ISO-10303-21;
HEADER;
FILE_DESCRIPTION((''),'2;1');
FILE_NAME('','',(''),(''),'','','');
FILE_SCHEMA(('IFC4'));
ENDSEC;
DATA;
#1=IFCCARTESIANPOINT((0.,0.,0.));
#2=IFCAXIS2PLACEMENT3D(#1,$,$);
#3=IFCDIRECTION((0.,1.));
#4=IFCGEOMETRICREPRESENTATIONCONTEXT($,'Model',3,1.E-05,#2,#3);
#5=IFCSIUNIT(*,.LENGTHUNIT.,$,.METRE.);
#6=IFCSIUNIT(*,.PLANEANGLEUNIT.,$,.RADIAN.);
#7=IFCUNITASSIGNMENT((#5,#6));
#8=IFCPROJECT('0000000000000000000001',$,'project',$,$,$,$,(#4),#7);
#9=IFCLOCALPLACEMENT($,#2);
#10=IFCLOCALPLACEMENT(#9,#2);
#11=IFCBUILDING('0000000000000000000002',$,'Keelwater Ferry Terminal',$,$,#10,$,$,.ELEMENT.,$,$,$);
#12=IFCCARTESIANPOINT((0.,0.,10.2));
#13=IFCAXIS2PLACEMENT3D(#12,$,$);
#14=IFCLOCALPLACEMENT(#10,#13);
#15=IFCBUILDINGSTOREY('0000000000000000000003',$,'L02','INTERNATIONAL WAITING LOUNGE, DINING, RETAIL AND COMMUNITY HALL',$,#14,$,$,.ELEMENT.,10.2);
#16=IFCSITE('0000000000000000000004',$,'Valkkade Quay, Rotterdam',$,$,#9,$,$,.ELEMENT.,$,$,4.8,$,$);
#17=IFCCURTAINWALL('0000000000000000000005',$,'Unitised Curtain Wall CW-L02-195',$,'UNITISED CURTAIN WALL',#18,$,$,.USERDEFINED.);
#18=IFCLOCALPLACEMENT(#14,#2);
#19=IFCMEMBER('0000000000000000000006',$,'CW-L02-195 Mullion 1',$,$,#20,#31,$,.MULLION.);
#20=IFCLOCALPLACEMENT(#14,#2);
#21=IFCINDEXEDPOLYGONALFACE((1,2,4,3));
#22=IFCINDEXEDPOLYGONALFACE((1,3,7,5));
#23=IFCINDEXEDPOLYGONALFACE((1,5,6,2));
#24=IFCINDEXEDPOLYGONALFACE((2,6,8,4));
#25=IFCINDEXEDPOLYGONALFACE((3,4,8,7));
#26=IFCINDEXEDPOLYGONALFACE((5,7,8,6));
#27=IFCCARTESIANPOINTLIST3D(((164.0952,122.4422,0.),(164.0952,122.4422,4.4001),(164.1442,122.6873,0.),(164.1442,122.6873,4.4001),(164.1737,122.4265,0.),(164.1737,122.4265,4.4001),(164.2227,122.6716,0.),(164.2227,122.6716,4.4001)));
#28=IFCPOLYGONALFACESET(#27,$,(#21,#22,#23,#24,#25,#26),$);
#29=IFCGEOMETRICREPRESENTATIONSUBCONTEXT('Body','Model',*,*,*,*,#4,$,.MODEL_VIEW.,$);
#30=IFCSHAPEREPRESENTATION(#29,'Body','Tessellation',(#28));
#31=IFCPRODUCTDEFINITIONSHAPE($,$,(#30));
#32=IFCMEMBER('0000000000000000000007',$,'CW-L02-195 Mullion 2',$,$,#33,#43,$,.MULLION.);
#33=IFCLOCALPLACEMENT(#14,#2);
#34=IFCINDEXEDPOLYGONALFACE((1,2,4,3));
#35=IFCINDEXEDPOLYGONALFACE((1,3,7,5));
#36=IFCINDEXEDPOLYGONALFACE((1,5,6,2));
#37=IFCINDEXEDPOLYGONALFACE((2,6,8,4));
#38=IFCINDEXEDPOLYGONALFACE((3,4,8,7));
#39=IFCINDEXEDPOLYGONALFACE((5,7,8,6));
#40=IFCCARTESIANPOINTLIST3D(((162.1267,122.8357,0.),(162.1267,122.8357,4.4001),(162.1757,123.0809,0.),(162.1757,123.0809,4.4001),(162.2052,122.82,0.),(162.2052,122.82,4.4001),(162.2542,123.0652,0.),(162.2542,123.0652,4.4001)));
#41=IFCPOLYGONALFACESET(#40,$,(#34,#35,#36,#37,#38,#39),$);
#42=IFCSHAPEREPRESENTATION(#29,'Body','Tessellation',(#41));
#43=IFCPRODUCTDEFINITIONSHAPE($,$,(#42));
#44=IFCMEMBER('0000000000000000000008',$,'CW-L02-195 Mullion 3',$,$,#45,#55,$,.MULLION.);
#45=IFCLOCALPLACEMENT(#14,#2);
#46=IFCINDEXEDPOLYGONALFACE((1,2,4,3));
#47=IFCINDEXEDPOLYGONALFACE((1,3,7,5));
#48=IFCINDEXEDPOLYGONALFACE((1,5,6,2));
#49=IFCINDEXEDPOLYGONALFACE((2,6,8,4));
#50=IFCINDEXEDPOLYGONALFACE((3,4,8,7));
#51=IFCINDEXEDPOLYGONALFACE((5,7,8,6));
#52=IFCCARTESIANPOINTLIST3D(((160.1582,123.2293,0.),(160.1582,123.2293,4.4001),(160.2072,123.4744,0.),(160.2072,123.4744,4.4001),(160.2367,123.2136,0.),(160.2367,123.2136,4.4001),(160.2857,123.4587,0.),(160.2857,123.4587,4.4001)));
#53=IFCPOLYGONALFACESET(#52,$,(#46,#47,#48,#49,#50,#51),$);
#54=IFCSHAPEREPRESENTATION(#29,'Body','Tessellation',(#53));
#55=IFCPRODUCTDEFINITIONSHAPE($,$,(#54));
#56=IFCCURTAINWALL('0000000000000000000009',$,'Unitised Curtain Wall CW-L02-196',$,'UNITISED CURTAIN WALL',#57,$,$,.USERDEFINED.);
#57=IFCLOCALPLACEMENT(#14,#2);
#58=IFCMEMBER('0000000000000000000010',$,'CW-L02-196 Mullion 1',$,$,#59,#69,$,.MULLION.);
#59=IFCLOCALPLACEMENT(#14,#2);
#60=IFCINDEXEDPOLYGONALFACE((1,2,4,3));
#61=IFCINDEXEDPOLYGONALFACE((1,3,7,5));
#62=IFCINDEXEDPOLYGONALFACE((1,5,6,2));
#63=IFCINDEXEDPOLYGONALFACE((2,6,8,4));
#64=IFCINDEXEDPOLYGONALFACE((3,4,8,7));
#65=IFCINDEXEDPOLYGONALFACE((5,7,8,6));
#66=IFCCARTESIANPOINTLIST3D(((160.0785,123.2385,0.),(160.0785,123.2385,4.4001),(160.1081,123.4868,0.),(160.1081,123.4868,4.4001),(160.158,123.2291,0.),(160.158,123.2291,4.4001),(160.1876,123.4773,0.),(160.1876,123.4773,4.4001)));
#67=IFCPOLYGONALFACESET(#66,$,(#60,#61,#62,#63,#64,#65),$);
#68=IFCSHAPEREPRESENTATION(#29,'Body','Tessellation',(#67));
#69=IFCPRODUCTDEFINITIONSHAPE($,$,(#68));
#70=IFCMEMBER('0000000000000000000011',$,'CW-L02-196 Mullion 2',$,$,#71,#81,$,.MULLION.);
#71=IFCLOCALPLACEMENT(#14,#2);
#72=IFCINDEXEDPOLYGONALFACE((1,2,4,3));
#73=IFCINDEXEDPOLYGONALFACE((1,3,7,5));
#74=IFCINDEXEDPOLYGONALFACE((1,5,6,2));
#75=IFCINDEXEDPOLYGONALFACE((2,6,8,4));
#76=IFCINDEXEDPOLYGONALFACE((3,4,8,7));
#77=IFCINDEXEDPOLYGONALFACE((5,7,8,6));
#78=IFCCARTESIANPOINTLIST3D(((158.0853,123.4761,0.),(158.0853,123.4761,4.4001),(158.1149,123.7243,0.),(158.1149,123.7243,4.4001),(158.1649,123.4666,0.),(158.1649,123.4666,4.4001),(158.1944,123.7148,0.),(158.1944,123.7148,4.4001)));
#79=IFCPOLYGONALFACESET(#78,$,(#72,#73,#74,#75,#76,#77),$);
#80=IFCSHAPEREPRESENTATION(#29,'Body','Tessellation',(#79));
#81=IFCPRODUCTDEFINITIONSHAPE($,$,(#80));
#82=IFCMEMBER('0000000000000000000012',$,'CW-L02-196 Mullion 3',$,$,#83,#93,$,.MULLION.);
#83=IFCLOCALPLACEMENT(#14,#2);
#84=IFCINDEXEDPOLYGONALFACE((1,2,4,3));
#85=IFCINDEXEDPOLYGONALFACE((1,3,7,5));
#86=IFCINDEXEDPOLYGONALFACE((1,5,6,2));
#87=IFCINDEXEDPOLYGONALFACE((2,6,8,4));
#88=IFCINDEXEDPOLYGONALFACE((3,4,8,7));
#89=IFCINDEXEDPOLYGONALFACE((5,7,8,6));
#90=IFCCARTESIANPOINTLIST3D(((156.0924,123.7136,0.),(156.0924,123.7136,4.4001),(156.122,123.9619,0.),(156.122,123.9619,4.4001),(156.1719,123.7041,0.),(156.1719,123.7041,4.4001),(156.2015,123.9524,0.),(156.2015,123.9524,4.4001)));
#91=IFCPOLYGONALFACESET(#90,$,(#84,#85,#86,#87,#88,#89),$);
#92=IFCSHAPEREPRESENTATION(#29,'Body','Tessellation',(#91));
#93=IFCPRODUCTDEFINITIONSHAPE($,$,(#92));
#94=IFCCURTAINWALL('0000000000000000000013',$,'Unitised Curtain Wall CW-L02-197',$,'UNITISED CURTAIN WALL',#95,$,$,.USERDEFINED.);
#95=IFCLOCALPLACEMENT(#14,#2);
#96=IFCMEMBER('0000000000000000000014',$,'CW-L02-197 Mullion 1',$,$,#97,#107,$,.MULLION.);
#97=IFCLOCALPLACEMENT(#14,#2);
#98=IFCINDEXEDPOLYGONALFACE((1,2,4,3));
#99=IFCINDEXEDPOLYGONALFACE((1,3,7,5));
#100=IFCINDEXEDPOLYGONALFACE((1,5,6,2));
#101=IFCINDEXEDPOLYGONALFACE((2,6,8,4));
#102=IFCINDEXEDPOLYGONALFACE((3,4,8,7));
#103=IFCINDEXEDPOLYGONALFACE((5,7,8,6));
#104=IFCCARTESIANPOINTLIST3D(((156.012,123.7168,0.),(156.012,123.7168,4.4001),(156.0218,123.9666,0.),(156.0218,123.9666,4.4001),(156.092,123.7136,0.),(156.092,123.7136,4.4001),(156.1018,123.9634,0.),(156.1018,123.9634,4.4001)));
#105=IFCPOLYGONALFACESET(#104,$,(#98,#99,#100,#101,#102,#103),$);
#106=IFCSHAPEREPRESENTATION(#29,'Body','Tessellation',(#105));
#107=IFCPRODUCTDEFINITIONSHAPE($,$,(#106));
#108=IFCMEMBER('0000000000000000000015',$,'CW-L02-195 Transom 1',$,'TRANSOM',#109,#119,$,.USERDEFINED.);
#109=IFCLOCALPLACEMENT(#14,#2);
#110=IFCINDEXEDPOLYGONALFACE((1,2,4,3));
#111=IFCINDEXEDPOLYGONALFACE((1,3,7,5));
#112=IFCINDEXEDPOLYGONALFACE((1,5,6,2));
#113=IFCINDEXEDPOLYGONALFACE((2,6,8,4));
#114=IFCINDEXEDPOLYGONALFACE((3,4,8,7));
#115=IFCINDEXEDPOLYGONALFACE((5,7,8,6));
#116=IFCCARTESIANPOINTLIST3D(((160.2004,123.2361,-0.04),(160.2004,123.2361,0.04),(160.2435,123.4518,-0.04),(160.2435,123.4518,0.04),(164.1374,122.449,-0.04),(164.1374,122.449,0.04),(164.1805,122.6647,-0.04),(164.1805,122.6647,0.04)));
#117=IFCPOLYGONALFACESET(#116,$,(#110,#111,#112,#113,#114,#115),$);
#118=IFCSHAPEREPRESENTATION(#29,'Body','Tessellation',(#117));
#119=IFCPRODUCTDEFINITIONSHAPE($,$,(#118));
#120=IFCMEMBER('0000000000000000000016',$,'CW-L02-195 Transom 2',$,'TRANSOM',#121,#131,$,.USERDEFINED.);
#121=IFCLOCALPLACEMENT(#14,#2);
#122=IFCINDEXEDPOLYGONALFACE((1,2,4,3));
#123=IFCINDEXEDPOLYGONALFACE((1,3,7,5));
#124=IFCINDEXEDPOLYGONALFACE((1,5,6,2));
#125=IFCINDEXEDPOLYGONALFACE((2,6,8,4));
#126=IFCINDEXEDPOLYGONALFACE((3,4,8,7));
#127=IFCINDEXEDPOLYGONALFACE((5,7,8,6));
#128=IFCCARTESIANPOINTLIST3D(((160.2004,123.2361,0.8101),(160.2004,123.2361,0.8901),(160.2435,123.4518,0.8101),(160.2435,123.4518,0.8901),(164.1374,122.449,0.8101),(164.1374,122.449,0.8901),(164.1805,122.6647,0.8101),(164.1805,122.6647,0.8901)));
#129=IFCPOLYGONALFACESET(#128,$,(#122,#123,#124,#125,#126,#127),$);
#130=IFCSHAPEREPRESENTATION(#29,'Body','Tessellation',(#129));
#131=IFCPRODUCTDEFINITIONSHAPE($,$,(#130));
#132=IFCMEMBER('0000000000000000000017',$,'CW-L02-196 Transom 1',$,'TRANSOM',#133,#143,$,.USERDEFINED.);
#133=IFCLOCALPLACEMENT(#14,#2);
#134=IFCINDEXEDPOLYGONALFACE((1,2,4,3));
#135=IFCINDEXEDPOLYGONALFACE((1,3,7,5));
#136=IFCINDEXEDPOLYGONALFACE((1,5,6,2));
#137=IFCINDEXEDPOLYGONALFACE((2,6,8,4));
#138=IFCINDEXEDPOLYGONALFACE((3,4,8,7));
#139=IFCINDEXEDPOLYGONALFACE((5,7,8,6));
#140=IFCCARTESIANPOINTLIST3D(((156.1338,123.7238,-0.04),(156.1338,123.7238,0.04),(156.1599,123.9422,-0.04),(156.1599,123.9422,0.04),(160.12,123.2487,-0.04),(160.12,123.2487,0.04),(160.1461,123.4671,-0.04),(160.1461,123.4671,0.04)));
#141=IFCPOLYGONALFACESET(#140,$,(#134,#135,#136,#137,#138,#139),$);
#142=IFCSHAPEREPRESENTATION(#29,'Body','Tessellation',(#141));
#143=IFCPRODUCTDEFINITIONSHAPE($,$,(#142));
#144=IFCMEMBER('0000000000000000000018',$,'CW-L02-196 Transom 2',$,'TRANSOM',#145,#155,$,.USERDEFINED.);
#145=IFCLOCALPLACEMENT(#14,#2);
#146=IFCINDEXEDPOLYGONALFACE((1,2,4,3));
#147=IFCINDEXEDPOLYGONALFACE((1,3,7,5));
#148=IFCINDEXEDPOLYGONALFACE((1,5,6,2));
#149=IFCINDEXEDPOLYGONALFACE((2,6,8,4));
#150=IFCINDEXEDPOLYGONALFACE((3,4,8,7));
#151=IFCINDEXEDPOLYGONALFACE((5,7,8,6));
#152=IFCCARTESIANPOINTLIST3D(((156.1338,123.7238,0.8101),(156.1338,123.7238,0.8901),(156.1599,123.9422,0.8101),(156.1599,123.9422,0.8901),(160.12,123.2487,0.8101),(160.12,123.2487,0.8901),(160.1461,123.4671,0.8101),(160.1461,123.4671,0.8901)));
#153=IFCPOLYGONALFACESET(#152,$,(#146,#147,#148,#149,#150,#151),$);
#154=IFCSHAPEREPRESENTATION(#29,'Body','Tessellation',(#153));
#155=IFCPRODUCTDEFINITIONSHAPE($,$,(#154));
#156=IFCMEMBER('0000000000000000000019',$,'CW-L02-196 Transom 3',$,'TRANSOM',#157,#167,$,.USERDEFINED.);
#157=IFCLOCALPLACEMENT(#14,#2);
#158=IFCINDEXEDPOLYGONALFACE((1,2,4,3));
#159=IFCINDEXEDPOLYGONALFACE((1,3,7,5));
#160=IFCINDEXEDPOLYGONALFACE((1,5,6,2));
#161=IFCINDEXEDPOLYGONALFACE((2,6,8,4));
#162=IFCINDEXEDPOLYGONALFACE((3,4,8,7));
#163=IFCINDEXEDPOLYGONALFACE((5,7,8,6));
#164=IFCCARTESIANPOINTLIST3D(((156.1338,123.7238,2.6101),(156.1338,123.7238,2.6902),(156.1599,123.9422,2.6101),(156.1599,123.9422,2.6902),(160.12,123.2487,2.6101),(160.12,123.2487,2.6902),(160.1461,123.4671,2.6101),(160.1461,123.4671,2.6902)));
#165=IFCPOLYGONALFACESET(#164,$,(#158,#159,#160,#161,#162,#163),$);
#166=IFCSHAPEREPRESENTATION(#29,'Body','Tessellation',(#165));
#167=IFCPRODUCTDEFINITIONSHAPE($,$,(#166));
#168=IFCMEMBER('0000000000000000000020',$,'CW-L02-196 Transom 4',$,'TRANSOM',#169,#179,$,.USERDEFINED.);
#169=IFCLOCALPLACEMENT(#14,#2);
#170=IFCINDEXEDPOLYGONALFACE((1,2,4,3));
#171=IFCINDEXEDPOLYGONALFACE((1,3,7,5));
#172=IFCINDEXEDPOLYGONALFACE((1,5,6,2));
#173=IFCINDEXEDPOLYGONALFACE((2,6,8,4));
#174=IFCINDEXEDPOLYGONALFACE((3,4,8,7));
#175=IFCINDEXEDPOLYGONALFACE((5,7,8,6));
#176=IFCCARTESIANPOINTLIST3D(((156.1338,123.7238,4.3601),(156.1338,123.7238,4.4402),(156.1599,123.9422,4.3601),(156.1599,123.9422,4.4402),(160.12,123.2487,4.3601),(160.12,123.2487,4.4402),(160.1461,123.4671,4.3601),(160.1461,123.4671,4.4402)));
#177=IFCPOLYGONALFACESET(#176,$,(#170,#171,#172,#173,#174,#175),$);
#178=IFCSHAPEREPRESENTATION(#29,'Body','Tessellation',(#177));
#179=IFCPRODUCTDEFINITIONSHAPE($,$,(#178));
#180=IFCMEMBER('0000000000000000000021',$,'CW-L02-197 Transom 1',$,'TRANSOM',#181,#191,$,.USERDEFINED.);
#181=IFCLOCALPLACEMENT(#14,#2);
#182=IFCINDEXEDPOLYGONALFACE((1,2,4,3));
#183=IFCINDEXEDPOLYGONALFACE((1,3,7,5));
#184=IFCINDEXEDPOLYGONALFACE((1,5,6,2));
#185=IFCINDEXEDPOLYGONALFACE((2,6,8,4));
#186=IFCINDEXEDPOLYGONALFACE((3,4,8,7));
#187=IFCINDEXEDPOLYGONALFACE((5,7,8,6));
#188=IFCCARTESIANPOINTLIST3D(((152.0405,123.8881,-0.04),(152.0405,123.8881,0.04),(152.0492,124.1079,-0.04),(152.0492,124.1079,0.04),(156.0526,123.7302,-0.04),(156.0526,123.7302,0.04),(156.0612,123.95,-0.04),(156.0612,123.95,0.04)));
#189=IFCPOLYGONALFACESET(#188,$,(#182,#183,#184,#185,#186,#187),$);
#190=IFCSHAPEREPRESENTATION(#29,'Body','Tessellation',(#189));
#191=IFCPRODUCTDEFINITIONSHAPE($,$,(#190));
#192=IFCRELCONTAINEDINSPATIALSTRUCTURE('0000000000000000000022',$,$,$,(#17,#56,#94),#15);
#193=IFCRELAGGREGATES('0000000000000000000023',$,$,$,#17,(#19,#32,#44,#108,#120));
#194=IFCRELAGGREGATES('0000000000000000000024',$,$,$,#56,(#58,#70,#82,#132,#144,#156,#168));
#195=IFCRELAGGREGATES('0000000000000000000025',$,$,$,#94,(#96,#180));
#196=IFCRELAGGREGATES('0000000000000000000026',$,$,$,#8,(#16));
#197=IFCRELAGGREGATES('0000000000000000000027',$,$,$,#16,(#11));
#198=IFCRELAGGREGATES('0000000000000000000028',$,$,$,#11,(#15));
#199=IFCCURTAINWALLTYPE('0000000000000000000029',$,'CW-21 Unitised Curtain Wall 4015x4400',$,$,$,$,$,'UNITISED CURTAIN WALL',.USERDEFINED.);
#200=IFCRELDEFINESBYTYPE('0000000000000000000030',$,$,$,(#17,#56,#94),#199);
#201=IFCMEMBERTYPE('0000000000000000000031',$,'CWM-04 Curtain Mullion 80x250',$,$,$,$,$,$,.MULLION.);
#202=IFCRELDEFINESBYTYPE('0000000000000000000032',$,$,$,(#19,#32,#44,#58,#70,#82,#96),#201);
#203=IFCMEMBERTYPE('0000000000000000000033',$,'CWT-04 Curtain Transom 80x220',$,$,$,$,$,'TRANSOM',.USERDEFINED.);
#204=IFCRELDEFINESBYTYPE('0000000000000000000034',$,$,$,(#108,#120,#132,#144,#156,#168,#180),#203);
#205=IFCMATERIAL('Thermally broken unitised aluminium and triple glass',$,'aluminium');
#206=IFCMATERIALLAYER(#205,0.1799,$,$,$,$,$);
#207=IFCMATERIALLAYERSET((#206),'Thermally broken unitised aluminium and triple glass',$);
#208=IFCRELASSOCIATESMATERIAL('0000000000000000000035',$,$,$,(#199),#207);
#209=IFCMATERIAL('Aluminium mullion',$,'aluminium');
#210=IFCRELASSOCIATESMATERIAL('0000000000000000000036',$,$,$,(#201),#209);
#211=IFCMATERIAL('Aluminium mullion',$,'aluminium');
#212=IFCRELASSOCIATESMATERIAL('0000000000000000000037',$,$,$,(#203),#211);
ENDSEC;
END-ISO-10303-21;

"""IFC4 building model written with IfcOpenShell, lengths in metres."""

from ifc_helpers import new_model, si_unit, direction, frame, origin, origin_2d, place, context, subcontext, project, spatial, rectangle, extrude, material, layer, layer_set, material_profile, profile_set, type_object, element, aggregate, save


model = new_model("IFC4")

# Units and contexts
model_context = context("Model", 3, precision=1e-05, world=origin(), true_north=direction((0.0, 1.0)))
body_context = subcontext(model_context, "Body", "Model", "MODEL_VIEW")
ifc_project = project(units=[si_unit("LENGTHUNIT", "METRE"), si_unit("PLANEANGLEUNIT", "RADIAN")], contexts=[model_context])

# Site, building, storey
site_placement = place(None, origin())
site = spatial("IfcSite", under=ifc_project, at=site_placement, Name="Valkkade Quay, Rotterdam", CompositionType="ELEMENT", RefElevation=4.8)
building_placement = place(site_placement, origin())
building = spatial("IfcBuilding", under=site, at=building_placement, Name="Keelwater Ferry Terminal", CompositionType="ELEMENT")
storey_placement = place(building_placement, frame((0.0, 0.0, 10.2)))
storey = spatial("IfcBuildingStorey", under=building, at=storey_placement, Name="L02", Description="INTERNATIONAL WAITING LOUNGE, DINING, RETAIL AND COMMUNITY HALL", CompositionType="ELEMENT", Elevation=10.2)

# Curtain walls, members
ifc_material_1 = material(Name="Thermally broken unitised aluminium and triple glass", Category="aluminium")
ifc_layer_1 = layer(ifc_material_1, 0.1799)
ifc_layer_set_1 = layer_set([ifc_layer_1], Name="Thermally broken unitised aluminium and triple glass")
curtain_wall_type = type_object("IfcCurtainWallType", Name="CW-21 Unitised Curtain Wall 4015x4400", ElementType="UNITISED CURTAIN WALL", PredefinedType="USERDEFINED", material=ifc_layer_set_1)
curtain_wall_1_placement = place(storey_placement, origin())
curtain_wall_1 = element("IfcCurtainWall", 1, at=curtain_wall_1_placement, inside=storey, type_object=curtain_wall_type, Name="Unitised Curtain Wall CW-L02-195", ObjectType="UNITISED CURTAIN WALL", PredefinedType="USERDEFINED")
ifc_material_2 = material(Name="Aluminium mullion", Category="aluminium")
ifc_material_profile_1 = material_profile(ifc_material_2, rectangle(XDim=0.0801, YDim=0.25, at=origin_2d()), Name="CWM-04")
ifc_profile_set_1 = profile_set([ifc_material_profile_1], Name="Aluminium mullion")
member_type_1 = type_object("IfcMemberType", Name="CWM-04 Curtain Mullion 80x250", PredefinedType="MULLION", material=ifc_profile_set_1)
member_1_placement = place(storey_placement, frame((164.1589, 122.5569, 0.0), z_axis=(0.0, 0.0, 1.0), x_axis=(-0.9806, 0.19602, 0.0)))
member_1 = element("IfcMember", 2, at=member_1_placement, type_object=member_type_1, Name="CW-L02-195 Mullion 1", PredefinedType="MULLION", context=body_context, shape_type="SweptSolid", body=[
    extrude(rectangle(XDim=0.0801, YDim=0.25, at=origin_2d()), origin(), (0.0, 0.0, 1.0), 4.4001),
])
member_2_placement = place(storey_placement, frame((162.1904, 122.9504, 0.0), z_axis=(0.0, 0.0, 1.0), x_axis=(-0.9806, 0.19602, 0.0)))
member_2 = element("IfcMember", 3, at=member_2_placement, type_object=member_type_1, Name="CW-L02-195 Mullion 2", PredefinedType="MULLION", context=body_context, shape_type="SweptSolid", body=[
    extrude(rectangle(XDim=0.0801, YDim=0.25, at=origin_2d()), origin(), (0.0, 0.0, 1.0), 4.4001),
])
member_3_placement = place(storey_placement, frame((160.2219, 123.344, 0.0), z_axis=(0.0, 0.0, 1.0), x_axis=(-0.9806, 0.19602, 0.0)))
member_3 = element("IfcMember", 4, at=member_3_placement, type_object=member_type_1, Name="CW-L02-195 Mullion 3", PredefinedType="MULLION", context=body_context, shape_type="SweptSolid", body=[
    extrude(rectangle(XDim=0.0801, YDim=0.25, at=origin_2d()), origin(), (0.0, 0.0, 1.0), 4.4001),
])
curtain_wall_2_placement = place(storey_placement, origin())
curtain_wall_2 = element("IfcCurtainWall", 5, at=curtain_wall_2_placement, inside=storey, type_object=curtain_wall_type, Name="Unitised Curtain Wall CW-L02-196", ObjectType="UNITISED CURTAIN WALL", PredefinedType="USERDEFINED")
member_4_placement = place(storey_placement, frame((160.1331, 123.3579, 0.0), z_axis=(0.0, 0.0, 1.0), x_axis=(-0.992974, 0.11833, 0.0)))
member_4 = element("IfcMember", 6, at=member_4_placement, type_object=member_type_1, Name="CW-L02-196 Mullion 1", PredefinedType="MULLION", context=body_context, shape_type="SweptSolid", body=[
    extrude(rectangle(XDim=0.0801, YDim=0.25, at=origin_2d()), origin(), (0.0, 0.0, 1.0), 4.4001),
])
member_5_placement = place(storey_placement, frame((158.1399, 123.5955, 0.0), z_axis=(0.0, 0.0, 1.0), x_axis=(-0.992974, 0.11833, 0.0)))
member_5 = element("IfcMember", 7, at=member_5_placement, type_object=member_type_1, Name="CW-L02-196 Mullion 2", PredefinedType="MULLION", context=body_context, shape_type="SweptSolid", body=[
    extrude(rectangle(XDim=0.0801, YDim=0.25, at=origin_2d()), origin(), (0.0, 0.0, 1.0), 4.4001),
])
member_6_placement = place(storey_placement, frame((156.147, 123.833, 0.0), z_axis=(0.0, 0.0, 1.0), x_axis=(-0.992974, 0.11833, 0.0)))
member_6 = element("IfcMember", 8, at=member_6_placement, type_object=member_type_1, Name="CW-L02-196 Mullion 3", PredefinedType="MULLION", context=body_context, shape_type="SweptSolid", body=[
    extrude(rectangle(XDim=0.0801, YDim=0.25, at=origin_2d()), origin(), (0.0, 0.0, 1.0), 4.4001),
])

# Curtain wall, member
curtain_wall_3_placement = place(storey_placement, origin())
curtain_wall_3 = element("IfcCurtainWall", 9, at=curtain_wall_3_placement, inside=storey, type_object=curtain_wall_type, Name="Unitised Curtain Wall CW-L02-197", ObjectType="UNITISED CURTAIN WALL", PredefinedType="USERDEFINED")
member_7_placement = place(storey_placement, frame((156.0569, 123.8401, 0.0), z_axis=(0.0, 0.0, 1.0), x_axis=(-0.999225, 0.039351, 0.0)))
member_7 = element("IfcMember", 10, at=member_7_placement, type_object=member_type_1, Name="CW-L02-197 Mullion 1", PredefinedType="MULLION", context=body_context, shape_type="SweptSolid", body=[
    extrude(rectangle(XDim=0.0801, YDim=0.25, at=origin_2d()), origin(), (0.0, 0.0, 1.0), 4.4001),
])

# Members
ifc_material_3 = material(Name="Aluminium mullion", Category="aluminium")
ifc_material_profile_2 = material_profile(ifc_material_3, rectangle(XDim=0.22, YDim=0.0801, at=origin_2d()), Name="CWT-04")
ifc_profile_set_2 = profile_set([ifc_material_profile_2], Name="Aluminium mullion")
member_type_2 = type_object("IfcMemberType", Name="CWT-04 Curtain Transom 80x220", ElementType="TRANSOM", PredefinedType="USERDEFINED", material=ifc_profile_set_2)
member_8_placement = place(storey_placement, frame((164.1589, 122.5569, 0.0), z_axis=(-0.980595, 0.196046, 0.0), x_axis=(-0.196046, -0.980595, 0.0)))
member_8 = element("IfcMember", 11, at=member_8_placement, type_object=member_type_2, Name="CW-L02-195 Transom 1", ObjectType="TRANSOM", PredefinedType="USERDEFINED", context=body_context, shape_type="SweptSolid", body=[
    extrude(rectangle(XDim=0.22, YDim=0.0801, at=origin_2d()), origin(), (0.0, 0.0, 1.0), 4.0149),
])
member_9_placement = place(storey_placement, frame((164.1589, 122.5569, 0.8501), z_axis=(-0.980595, 0.196046, 0.0), x_axis=(-0.196046, -0.980595, 0.0)))
member_9 = element("IfcMember", 12, at=member_9_placement, type_object=member_type_2, Name="CW-L02-195 Transom 2", ObjectType="TRANSOM", PredefinedType="USERDEFINED", context=body_context, shape_type="SweptSolid", body=[
    extrude(rectangle(XDim=0.22, YDim=0.0801, at=origin_2d()), origin(), (0.0, 0.0, 1.0), 4.0149),
])
member_10_placement = place(storey_placement, frame((160.1331, 123.3579, 0.0), z_axis=(-0.992972, 0.118351, 0.0), x_axis=(-0.118351, -0.992972, 0.0)))
member_10 = element("IfcMember", 13, at=member_10_placement, type_object=member_type_2, Name="CW-L02-196 Transom 1", ObjectType="TRANSOM", PredefinedType="USERDEFINED", context=body_context, shape_type="SweptSolid", body=[
    extrude(rectangle(XDim=0.22, YDim=0.0801, at=origin_2d()), origin(), (0.0, 0.0, 1.0), 4.0144),
])
member_11_placement = place(storey_placement, frame((160.1331, 123.3579, 0.8501), z_axis=(-0.992972, 0.118351, 0.0), x_axis=(-0.118351, -0.992972, 0.0)))
member_11 = element("IfcMember", 14, at=member_11_placement, type_object=member_type_2, Name="CW-L02-196 Transom 2", ObjectType="TRANSOM", PredefinedType="USERDEFINED", context=body_context, shape_type="SweptSolid", body=[
    extrude(rectangle(XDim=0.22, YDim=0.0801, at=origin_2d()), origin(), (0.0, 0.0, 1.0), 4.0144),
])
member_12_placement = place(storey_placement, frame((160.1331, 123.3579, 2.6501), z_axis=(-0.992972, 0.118351, 0.0), x_axis=(-0.118351, -0.992972, 0.0)))
member_12 = element("IfcMember", 15, at=member_12_placement, type_object=member_type_2, Name="CW-L02-196 Transom 3", ObjectType="TRANSOM", PredefinedType="USERDEFINED", context=body_context, shape_type="SweptSolid", body=[
    extrude(rectangle(XDim=0.22, YDim=0.0801, at=origin_2d()), origin(), (0.0, 0.0, 1.0), 4.0144),
])
member_13_placement = place(storey_placement, frame((160.1331, 123.3579, 4.4001), z_axis=(-0.992972, 0.118351, 0.0), x_axis=(-0.118351, -0.992972, 0.0)))
member_13 = element("IfcMember", 16, at=member_13_placement, type_object=member_type_2, Name="CW-L02-196 Transom 4", ObjectType="TRANSOM", PredefinedType="USERDEFINED", context=body_context, shape_type="SweptSolid", body=[
    extrude(rectangle(XDim=0.22, YDim=0.0801, at=origin_2d()), origin(), (0.0, 0.0, 1.0), 4.0144),
])
member_14_placement = place(storey_placement, frame((156.0569, 123.8401, 0.0), z_axis=(-0.999226, 0.039342, 0.0), x_axis=(-0.039342, -0.999226, 0.0)))
member_14 = element("IfcMember", 17, at=member_14_placement, type_object=member_type_2, Name="CW-L02-197 Transom 1", ObjectType="TRANSOM", PredefinedType="USERDEFINED", context=body_context, shape_type="SweptSolid", body=[
    extrude(rectangle(XDim=0.22, YDim=0.0801, at=origin_2d()), origin(), (0.0, 0.0, 1.0), 4.0151),
])

aggregate(curtain_wall_1, [member_1, member_2, member_3, member_8, member_9])
aggregate(curtain_wall_2, [member_4, member_5, member_6, member_10, member_11, member_12, member_13])
aggregate(curtain_wall_3, [member_7, member_14])

save(model, "model.ifc")
